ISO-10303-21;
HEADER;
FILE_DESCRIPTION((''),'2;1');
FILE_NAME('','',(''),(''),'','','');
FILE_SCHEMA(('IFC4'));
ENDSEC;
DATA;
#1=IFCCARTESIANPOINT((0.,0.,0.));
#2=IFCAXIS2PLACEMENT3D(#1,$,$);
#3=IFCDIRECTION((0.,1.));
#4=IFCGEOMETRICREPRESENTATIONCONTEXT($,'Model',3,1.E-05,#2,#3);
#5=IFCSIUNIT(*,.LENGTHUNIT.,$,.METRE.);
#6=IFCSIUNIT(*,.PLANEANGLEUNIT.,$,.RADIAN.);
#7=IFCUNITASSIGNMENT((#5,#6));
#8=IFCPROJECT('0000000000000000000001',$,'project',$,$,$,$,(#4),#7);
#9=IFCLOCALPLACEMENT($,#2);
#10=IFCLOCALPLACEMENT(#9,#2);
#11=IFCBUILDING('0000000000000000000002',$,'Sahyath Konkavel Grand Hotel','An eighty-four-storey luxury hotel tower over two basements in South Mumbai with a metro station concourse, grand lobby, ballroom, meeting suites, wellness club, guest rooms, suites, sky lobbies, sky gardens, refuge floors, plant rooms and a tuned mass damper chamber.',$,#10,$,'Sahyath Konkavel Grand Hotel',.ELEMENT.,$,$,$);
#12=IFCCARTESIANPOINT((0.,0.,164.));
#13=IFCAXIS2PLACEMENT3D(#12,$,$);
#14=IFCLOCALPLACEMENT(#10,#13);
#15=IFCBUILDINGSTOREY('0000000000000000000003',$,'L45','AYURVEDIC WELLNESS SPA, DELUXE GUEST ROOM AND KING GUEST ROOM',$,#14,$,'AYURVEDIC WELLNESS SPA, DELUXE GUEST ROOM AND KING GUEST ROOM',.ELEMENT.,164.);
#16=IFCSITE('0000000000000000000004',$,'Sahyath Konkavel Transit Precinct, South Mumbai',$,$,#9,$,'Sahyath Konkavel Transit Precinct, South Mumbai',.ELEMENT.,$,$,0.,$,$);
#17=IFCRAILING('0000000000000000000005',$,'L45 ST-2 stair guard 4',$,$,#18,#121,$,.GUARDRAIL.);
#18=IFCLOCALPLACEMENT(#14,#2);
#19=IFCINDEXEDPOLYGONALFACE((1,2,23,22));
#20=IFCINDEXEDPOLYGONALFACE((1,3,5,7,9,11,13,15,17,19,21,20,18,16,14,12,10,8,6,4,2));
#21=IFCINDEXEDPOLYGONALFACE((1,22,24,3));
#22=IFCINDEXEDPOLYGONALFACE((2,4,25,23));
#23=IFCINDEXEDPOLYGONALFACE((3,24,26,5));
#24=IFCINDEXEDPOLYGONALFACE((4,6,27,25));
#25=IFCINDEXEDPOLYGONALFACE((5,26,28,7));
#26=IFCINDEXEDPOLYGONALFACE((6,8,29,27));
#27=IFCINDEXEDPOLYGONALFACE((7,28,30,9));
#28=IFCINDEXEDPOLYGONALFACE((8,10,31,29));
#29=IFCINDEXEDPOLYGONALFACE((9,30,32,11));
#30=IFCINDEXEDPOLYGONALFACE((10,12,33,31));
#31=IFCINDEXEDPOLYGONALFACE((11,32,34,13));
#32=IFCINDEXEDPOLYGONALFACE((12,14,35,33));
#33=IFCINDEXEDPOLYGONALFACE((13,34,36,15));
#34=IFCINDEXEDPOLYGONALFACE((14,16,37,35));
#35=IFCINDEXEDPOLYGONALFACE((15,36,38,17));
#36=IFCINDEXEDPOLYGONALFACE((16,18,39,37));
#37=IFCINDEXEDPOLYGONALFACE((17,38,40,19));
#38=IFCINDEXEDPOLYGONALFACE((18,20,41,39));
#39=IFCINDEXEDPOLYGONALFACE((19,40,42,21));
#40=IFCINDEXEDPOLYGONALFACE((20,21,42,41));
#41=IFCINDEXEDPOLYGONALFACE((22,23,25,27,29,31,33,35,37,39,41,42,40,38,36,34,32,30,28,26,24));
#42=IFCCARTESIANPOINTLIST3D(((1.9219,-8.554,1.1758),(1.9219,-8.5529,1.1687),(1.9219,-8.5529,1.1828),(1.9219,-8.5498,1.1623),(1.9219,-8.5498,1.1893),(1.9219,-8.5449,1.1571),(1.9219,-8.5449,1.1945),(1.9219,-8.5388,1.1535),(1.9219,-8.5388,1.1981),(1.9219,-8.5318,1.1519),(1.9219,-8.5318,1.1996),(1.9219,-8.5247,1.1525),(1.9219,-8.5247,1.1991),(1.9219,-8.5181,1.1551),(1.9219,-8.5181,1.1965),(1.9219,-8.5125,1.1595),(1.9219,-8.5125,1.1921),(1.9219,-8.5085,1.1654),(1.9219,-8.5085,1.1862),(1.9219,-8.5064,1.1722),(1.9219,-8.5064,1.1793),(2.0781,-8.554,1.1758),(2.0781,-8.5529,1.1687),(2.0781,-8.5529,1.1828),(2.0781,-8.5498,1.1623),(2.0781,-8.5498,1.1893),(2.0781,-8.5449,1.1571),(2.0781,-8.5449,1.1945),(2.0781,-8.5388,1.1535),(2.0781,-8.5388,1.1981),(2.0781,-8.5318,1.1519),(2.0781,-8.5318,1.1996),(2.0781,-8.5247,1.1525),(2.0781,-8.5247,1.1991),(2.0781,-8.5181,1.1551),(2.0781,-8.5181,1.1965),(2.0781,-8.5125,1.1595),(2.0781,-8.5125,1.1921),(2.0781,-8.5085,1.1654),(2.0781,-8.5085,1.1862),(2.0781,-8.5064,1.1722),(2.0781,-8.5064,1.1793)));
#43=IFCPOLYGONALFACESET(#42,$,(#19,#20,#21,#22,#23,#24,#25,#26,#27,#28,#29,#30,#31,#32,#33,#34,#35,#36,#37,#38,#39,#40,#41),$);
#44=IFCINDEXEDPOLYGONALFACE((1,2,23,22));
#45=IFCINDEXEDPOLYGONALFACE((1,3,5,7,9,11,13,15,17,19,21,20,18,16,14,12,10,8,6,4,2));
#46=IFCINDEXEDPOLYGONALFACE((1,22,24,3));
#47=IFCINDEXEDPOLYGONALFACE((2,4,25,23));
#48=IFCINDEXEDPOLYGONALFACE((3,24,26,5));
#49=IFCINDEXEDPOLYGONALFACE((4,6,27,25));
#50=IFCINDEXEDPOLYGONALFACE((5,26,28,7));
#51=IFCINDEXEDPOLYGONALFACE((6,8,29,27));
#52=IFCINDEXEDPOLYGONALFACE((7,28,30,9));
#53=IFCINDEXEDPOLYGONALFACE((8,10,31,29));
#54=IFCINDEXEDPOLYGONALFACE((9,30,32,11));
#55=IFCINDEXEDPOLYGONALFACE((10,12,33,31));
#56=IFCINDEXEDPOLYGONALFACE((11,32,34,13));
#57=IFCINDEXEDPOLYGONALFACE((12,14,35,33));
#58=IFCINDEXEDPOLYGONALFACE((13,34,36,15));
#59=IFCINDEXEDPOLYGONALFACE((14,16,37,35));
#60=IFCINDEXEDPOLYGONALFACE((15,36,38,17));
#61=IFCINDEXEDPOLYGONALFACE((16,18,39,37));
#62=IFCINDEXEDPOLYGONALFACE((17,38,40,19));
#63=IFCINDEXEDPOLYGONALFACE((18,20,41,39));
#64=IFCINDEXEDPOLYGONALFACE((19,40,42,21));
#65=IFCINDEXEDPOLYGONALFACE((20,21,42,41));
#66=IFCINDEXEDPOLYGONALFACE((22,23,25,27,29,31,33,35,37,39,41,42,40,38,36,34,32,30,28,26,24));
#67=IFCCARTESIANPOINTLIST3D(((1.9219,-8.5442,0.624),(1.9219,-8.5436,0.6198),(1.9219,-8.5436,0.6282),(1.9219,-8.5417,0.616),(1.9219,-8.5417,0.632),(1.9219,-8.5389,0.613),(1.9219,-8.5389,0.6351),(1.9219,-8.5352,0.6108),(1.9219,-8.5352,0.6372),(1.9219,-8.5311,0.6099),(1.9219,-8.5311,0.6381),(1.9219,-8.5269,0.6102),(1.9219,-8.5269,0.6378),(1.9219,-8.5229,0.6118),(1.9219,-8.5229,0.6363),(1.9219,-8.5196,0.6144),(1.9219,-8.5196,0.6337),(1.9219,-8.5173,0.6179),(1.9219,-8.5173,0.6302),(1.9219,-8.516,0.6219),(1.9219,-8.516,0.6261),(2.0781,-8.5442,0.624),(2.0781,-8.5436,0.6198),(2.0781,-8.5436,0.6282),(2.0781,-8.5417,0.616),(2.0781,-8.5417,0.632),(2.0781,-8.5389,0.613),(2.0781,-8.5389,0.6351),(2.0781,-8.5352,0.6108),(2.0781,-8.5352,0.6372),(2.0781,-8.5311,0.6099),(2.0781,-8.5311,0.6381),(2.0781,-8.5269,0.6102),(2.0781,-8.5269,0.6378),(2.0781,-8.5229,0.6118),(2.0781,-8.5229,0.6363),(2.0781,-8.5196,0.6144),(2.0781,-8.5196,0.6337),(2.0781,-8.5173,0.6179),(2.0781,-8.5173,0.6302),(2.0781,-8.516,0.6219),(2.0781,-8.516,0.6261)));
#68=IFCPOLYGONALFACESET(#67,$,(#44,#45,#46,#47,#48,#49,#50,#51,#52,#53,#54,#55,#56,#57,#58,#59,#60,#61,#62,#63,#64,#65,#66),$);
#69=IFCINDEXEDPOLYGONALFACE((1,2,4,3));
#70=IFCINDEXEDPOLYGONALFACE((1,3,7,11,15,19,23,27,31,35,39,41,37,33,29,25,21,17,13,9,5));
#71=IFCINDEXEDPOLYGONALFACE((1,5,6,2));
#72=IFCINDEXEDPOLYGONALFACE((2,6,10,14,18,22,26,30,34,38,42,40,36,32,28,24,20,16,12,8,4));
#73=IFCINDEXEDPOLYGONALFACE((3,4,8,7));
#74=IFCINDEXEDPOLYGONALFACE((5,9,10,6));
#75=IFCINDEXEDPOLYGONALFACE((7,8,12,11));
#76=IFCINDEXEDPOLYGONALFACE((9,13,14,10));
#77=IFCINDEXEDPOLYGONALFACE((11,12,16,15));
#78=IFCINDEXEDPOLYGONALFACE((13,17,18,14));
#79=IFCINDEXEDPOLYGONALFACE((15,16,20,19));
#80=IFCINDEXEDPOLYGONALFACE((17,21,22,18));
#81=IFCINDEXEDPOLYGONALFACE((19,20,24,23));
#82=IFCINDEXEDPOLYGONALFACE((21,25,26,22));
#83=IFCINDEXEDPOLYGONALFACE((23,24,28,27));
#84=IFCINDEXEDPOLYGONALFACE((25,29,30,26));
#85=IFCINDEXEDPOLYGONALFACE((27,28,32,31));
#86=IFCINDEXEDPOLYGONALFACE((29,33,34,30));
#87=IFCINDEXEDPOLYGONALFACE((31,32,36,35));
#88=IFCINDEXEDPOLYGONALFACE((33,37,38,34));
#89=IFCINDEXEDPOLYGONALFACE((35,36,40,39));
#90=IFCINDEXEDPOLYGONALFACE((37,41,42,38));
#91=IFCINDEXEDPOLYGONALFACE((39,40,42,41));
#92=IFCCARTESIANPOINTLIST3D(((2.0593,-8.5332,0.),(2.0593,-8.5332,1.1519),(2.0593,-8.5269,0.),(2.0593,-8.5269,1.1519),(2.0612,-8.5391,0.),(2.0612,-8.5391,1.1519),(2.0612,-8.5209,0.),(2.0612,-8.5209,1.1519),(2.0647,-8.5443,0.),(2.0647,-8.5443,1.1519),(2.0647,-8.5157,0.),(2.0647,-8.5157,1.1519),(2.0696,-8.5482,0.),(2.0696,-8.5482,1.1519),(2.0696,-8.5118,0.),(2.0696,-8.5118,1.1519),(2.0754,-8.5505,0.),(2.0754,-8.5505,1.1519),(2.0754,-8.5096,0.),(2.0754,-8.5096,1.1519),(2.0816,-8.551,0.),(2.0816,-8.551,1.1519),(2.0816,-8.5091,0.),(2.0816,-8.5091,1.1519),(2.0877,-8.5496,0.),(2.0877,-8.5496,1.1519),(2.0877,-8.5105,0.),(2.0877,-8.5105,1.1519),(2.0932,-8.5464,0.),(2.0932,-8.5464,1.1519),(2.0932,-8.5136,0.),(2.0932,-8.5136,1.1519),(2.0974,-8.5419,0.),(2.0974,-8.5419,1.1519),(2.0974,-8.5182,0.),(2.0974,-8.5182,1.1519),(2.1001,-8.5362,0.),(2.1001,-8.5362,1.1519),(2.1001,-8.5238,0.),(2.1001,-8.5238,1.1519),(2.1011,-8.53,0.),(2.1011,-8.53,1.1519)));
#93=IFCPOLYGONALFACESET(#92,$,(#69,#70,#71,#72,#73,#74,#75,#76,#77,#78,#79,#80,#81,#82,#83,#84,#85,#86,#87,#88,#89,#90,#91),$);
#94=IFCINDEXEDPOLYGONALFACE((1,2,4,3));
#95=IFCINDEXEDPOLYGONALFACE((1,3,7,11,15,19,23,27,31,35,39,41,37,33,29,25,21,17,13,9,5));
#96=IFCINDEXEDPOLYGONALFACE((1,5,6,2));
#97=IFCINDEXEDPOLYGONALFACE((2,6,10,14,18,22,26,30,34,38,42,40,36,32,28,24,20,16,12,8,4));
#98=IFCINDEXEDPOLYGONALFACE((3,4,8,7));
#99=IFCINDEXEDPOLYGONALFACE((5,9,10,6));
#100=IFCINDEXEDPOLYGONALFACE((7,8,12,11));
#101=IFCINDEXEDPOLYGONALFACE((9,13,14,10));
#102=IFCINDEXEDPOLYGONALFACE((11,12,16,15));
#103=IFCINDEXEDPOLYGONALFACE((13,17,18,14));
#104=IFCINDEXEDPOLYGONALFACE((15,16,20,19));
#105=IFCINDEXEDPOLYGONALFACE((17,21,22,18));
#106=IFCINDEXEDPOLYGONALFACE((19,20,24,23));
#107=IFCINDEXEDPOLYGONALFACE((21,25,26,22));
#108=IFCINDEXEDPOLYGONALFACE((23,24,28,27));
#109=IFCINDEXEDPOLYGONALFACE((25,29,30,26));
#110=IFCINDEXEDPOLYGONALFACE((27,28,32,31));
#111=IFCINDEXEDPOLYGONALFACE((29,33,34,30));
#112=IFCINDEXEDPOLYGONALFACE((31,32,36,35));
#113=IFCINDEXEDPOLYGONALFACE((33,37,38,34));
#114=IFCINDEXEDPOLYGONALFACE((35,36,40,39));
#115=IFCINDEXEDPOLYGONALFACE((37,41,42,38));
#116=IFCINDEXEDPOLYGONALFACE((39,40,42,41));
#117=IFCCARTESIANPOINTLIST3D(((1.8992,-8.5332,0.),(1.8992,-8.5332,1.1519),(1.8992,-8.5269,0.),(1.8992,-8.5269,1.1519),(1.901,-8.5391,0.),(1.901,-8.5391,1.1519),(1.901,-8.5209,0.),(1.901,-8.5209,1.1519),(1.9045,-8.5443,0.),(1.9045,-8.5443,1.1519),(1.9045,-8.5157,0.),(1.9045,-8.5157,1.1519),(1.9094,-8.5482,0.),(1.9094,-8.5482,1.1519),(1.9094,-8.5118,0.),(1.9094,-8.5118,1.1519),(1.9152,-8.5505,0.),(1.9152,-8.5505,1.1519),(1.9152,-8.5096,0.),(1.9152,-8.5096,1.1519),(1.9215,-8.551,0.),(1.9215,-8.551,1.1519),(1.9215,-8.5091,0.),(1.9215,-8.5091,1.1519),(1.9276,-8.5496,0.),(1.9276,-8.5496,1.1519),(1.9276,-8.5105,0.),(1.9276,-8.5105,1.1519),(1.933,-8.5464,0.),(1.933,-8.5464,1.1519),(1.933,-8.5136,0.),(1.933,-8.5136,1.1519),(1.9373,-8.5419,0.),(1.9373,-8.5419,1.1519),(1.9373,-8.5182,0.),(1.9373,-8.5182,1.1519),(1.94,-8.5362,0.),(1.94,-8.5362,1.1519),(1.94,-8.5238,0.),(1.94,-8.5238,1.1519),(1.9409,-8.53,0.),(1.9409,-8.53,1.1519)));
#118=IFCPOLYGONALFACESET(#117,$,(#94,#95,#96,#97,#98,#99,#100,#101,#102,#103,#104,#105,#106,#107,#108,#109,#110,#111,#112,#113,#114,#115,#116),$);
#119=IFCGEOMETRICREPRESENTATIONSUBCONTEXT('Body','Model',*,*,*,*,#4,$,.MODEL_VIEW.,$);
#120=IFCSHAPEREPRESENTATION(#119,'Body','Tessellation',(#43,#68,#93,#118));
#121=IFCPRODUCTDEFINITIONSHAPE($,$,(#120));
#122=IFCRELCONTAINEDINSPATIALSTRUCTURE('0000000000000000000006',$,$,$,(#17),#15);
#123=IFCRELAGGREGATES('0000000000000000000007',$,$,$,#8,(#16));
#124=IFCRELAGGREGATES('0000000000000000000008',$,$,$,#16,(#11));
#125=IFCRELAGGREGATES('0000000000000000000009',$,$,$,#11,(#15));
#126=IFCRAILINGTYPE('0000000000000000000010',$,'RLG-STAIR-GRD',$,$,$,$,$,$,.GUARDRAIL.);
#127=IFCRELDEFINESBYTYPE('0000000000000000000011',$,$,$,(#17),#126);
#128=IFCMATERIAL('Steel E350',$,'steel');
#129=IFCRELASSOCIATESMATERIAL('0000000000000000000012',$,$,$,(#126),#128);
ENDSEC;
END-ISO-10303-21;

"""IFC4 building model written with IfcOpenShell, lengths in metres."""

from ifc_helpers import new_model, si_unit, direction, frame, origin, origin_2d, place, context, subcontext, project, spatial, circle, extrude, material, type_object, element, save


model = new_model("IFC4")

# Units and contexts
model_context = context("Model", 3, precision=1e-05, world=origin(), true_north=direction((0.0, 1.0)))
body_context = subcontext(model_context, "Body", "Model", "MODEL_VIEW")
ifc_project = project(units=[si_unit("LENGTHUNIT", "METRE"), si_unit("PLANEANGLEUNIT", "RADIAN")], contexts=[model_context])

# Site, building, storey
site_placement = place(None, origin())
site = spatial("IfcSite", under=ifc_project, at=site_placement, Name="Sahyath Konkavel Transit Precinct, South Mumbai", LongName="Sahyath Konkavel Transit Precinct, South Mumbai", CompositionType="ELEMENT", RefElevation=0.0)
building_placement = place(site_placement, origin())
building = spatial("IfcBuilding", under=site, at=building_placement, Name="Sahyath Konkavel Grand Hotel", Description="An eighty-four-storey luxury hotel tower over two basements in South Mumbai with a metro station concourse, grand lobby, ballroom, meeting suites, wellness club, guest rooms, suites, sky lobbies, sky gardens, refuge floors, plant rooms and a tuned mass damper chamber.", LongName="Sahyath Konkavel Grand Hotel", CompositionType="ELEMENT")
storey_placement = place(building_placement, frame((0.0, 0.0, 164.0)))
storey = spatial("IfcBuildingStorey", under=building, at=storey_placement, Name="L45", Description="AYURVEDIC WELLNESS SPA, DELUXE GUEST ROOM AND KING GUEST ROOM", LongName="AYURVEDIC WELLNESS SPA, DELUXE GUEST ROOM AND KING GUEST ROOM", CompositionType="ELEMENT", Elevation=164.0)

# Shared definitions
ifc_material_1 = material(Name="Steel E350", Category="steel")

# Railing
railing_type_1 = type_object("IfcRailingType", Name="RLG-STAIR-GRD", PredefinedType="GUARDRAIL", material=ifc_material_1)
railing_1_placement = place(storey_placement, frame((2.0801, -8.53, 0.0)))
element("IfcRailing", 1, at=railing_1_placement, inside=storey, type_object=railing_type_1, Name="L45 ST-2 stair guard 4", PredefinedType="GUARDRAIL", context=body_context, shape_type="SweptSolid", body=[
    extrude(circle(Radius=0.0239, at=origin_2d()), frame((-0.002, 0.0, 1.1758), z_axis=(-1.0, 0.0, 0.0), x_axis=(0.0, -1.0, 0.0)), (0.0, 0.0, 1.0), 0.1562),
    extrude(circle(Radius=0.0142, at=origin_2d()), frame((-0.002, 0.0, 0.624), z_axis=(-1.0, 0.0, 0.0), x_axis=(0.0, -1.0, 0.0)), (0.0, 0.0, 1.0), 0.1562),
    extrude(circle(Radius=0.021, at=origin_2d()), origin(), (0.0, 0.0, 1.0), 1.1519),
    extrude(circle(Radius=0.021, at=origin_2d()), frame((-0.1602, 0.0, 0.0)), (0.0, 0.0, 1.0), 1.1519),
])

save(model, "model.ifc")
